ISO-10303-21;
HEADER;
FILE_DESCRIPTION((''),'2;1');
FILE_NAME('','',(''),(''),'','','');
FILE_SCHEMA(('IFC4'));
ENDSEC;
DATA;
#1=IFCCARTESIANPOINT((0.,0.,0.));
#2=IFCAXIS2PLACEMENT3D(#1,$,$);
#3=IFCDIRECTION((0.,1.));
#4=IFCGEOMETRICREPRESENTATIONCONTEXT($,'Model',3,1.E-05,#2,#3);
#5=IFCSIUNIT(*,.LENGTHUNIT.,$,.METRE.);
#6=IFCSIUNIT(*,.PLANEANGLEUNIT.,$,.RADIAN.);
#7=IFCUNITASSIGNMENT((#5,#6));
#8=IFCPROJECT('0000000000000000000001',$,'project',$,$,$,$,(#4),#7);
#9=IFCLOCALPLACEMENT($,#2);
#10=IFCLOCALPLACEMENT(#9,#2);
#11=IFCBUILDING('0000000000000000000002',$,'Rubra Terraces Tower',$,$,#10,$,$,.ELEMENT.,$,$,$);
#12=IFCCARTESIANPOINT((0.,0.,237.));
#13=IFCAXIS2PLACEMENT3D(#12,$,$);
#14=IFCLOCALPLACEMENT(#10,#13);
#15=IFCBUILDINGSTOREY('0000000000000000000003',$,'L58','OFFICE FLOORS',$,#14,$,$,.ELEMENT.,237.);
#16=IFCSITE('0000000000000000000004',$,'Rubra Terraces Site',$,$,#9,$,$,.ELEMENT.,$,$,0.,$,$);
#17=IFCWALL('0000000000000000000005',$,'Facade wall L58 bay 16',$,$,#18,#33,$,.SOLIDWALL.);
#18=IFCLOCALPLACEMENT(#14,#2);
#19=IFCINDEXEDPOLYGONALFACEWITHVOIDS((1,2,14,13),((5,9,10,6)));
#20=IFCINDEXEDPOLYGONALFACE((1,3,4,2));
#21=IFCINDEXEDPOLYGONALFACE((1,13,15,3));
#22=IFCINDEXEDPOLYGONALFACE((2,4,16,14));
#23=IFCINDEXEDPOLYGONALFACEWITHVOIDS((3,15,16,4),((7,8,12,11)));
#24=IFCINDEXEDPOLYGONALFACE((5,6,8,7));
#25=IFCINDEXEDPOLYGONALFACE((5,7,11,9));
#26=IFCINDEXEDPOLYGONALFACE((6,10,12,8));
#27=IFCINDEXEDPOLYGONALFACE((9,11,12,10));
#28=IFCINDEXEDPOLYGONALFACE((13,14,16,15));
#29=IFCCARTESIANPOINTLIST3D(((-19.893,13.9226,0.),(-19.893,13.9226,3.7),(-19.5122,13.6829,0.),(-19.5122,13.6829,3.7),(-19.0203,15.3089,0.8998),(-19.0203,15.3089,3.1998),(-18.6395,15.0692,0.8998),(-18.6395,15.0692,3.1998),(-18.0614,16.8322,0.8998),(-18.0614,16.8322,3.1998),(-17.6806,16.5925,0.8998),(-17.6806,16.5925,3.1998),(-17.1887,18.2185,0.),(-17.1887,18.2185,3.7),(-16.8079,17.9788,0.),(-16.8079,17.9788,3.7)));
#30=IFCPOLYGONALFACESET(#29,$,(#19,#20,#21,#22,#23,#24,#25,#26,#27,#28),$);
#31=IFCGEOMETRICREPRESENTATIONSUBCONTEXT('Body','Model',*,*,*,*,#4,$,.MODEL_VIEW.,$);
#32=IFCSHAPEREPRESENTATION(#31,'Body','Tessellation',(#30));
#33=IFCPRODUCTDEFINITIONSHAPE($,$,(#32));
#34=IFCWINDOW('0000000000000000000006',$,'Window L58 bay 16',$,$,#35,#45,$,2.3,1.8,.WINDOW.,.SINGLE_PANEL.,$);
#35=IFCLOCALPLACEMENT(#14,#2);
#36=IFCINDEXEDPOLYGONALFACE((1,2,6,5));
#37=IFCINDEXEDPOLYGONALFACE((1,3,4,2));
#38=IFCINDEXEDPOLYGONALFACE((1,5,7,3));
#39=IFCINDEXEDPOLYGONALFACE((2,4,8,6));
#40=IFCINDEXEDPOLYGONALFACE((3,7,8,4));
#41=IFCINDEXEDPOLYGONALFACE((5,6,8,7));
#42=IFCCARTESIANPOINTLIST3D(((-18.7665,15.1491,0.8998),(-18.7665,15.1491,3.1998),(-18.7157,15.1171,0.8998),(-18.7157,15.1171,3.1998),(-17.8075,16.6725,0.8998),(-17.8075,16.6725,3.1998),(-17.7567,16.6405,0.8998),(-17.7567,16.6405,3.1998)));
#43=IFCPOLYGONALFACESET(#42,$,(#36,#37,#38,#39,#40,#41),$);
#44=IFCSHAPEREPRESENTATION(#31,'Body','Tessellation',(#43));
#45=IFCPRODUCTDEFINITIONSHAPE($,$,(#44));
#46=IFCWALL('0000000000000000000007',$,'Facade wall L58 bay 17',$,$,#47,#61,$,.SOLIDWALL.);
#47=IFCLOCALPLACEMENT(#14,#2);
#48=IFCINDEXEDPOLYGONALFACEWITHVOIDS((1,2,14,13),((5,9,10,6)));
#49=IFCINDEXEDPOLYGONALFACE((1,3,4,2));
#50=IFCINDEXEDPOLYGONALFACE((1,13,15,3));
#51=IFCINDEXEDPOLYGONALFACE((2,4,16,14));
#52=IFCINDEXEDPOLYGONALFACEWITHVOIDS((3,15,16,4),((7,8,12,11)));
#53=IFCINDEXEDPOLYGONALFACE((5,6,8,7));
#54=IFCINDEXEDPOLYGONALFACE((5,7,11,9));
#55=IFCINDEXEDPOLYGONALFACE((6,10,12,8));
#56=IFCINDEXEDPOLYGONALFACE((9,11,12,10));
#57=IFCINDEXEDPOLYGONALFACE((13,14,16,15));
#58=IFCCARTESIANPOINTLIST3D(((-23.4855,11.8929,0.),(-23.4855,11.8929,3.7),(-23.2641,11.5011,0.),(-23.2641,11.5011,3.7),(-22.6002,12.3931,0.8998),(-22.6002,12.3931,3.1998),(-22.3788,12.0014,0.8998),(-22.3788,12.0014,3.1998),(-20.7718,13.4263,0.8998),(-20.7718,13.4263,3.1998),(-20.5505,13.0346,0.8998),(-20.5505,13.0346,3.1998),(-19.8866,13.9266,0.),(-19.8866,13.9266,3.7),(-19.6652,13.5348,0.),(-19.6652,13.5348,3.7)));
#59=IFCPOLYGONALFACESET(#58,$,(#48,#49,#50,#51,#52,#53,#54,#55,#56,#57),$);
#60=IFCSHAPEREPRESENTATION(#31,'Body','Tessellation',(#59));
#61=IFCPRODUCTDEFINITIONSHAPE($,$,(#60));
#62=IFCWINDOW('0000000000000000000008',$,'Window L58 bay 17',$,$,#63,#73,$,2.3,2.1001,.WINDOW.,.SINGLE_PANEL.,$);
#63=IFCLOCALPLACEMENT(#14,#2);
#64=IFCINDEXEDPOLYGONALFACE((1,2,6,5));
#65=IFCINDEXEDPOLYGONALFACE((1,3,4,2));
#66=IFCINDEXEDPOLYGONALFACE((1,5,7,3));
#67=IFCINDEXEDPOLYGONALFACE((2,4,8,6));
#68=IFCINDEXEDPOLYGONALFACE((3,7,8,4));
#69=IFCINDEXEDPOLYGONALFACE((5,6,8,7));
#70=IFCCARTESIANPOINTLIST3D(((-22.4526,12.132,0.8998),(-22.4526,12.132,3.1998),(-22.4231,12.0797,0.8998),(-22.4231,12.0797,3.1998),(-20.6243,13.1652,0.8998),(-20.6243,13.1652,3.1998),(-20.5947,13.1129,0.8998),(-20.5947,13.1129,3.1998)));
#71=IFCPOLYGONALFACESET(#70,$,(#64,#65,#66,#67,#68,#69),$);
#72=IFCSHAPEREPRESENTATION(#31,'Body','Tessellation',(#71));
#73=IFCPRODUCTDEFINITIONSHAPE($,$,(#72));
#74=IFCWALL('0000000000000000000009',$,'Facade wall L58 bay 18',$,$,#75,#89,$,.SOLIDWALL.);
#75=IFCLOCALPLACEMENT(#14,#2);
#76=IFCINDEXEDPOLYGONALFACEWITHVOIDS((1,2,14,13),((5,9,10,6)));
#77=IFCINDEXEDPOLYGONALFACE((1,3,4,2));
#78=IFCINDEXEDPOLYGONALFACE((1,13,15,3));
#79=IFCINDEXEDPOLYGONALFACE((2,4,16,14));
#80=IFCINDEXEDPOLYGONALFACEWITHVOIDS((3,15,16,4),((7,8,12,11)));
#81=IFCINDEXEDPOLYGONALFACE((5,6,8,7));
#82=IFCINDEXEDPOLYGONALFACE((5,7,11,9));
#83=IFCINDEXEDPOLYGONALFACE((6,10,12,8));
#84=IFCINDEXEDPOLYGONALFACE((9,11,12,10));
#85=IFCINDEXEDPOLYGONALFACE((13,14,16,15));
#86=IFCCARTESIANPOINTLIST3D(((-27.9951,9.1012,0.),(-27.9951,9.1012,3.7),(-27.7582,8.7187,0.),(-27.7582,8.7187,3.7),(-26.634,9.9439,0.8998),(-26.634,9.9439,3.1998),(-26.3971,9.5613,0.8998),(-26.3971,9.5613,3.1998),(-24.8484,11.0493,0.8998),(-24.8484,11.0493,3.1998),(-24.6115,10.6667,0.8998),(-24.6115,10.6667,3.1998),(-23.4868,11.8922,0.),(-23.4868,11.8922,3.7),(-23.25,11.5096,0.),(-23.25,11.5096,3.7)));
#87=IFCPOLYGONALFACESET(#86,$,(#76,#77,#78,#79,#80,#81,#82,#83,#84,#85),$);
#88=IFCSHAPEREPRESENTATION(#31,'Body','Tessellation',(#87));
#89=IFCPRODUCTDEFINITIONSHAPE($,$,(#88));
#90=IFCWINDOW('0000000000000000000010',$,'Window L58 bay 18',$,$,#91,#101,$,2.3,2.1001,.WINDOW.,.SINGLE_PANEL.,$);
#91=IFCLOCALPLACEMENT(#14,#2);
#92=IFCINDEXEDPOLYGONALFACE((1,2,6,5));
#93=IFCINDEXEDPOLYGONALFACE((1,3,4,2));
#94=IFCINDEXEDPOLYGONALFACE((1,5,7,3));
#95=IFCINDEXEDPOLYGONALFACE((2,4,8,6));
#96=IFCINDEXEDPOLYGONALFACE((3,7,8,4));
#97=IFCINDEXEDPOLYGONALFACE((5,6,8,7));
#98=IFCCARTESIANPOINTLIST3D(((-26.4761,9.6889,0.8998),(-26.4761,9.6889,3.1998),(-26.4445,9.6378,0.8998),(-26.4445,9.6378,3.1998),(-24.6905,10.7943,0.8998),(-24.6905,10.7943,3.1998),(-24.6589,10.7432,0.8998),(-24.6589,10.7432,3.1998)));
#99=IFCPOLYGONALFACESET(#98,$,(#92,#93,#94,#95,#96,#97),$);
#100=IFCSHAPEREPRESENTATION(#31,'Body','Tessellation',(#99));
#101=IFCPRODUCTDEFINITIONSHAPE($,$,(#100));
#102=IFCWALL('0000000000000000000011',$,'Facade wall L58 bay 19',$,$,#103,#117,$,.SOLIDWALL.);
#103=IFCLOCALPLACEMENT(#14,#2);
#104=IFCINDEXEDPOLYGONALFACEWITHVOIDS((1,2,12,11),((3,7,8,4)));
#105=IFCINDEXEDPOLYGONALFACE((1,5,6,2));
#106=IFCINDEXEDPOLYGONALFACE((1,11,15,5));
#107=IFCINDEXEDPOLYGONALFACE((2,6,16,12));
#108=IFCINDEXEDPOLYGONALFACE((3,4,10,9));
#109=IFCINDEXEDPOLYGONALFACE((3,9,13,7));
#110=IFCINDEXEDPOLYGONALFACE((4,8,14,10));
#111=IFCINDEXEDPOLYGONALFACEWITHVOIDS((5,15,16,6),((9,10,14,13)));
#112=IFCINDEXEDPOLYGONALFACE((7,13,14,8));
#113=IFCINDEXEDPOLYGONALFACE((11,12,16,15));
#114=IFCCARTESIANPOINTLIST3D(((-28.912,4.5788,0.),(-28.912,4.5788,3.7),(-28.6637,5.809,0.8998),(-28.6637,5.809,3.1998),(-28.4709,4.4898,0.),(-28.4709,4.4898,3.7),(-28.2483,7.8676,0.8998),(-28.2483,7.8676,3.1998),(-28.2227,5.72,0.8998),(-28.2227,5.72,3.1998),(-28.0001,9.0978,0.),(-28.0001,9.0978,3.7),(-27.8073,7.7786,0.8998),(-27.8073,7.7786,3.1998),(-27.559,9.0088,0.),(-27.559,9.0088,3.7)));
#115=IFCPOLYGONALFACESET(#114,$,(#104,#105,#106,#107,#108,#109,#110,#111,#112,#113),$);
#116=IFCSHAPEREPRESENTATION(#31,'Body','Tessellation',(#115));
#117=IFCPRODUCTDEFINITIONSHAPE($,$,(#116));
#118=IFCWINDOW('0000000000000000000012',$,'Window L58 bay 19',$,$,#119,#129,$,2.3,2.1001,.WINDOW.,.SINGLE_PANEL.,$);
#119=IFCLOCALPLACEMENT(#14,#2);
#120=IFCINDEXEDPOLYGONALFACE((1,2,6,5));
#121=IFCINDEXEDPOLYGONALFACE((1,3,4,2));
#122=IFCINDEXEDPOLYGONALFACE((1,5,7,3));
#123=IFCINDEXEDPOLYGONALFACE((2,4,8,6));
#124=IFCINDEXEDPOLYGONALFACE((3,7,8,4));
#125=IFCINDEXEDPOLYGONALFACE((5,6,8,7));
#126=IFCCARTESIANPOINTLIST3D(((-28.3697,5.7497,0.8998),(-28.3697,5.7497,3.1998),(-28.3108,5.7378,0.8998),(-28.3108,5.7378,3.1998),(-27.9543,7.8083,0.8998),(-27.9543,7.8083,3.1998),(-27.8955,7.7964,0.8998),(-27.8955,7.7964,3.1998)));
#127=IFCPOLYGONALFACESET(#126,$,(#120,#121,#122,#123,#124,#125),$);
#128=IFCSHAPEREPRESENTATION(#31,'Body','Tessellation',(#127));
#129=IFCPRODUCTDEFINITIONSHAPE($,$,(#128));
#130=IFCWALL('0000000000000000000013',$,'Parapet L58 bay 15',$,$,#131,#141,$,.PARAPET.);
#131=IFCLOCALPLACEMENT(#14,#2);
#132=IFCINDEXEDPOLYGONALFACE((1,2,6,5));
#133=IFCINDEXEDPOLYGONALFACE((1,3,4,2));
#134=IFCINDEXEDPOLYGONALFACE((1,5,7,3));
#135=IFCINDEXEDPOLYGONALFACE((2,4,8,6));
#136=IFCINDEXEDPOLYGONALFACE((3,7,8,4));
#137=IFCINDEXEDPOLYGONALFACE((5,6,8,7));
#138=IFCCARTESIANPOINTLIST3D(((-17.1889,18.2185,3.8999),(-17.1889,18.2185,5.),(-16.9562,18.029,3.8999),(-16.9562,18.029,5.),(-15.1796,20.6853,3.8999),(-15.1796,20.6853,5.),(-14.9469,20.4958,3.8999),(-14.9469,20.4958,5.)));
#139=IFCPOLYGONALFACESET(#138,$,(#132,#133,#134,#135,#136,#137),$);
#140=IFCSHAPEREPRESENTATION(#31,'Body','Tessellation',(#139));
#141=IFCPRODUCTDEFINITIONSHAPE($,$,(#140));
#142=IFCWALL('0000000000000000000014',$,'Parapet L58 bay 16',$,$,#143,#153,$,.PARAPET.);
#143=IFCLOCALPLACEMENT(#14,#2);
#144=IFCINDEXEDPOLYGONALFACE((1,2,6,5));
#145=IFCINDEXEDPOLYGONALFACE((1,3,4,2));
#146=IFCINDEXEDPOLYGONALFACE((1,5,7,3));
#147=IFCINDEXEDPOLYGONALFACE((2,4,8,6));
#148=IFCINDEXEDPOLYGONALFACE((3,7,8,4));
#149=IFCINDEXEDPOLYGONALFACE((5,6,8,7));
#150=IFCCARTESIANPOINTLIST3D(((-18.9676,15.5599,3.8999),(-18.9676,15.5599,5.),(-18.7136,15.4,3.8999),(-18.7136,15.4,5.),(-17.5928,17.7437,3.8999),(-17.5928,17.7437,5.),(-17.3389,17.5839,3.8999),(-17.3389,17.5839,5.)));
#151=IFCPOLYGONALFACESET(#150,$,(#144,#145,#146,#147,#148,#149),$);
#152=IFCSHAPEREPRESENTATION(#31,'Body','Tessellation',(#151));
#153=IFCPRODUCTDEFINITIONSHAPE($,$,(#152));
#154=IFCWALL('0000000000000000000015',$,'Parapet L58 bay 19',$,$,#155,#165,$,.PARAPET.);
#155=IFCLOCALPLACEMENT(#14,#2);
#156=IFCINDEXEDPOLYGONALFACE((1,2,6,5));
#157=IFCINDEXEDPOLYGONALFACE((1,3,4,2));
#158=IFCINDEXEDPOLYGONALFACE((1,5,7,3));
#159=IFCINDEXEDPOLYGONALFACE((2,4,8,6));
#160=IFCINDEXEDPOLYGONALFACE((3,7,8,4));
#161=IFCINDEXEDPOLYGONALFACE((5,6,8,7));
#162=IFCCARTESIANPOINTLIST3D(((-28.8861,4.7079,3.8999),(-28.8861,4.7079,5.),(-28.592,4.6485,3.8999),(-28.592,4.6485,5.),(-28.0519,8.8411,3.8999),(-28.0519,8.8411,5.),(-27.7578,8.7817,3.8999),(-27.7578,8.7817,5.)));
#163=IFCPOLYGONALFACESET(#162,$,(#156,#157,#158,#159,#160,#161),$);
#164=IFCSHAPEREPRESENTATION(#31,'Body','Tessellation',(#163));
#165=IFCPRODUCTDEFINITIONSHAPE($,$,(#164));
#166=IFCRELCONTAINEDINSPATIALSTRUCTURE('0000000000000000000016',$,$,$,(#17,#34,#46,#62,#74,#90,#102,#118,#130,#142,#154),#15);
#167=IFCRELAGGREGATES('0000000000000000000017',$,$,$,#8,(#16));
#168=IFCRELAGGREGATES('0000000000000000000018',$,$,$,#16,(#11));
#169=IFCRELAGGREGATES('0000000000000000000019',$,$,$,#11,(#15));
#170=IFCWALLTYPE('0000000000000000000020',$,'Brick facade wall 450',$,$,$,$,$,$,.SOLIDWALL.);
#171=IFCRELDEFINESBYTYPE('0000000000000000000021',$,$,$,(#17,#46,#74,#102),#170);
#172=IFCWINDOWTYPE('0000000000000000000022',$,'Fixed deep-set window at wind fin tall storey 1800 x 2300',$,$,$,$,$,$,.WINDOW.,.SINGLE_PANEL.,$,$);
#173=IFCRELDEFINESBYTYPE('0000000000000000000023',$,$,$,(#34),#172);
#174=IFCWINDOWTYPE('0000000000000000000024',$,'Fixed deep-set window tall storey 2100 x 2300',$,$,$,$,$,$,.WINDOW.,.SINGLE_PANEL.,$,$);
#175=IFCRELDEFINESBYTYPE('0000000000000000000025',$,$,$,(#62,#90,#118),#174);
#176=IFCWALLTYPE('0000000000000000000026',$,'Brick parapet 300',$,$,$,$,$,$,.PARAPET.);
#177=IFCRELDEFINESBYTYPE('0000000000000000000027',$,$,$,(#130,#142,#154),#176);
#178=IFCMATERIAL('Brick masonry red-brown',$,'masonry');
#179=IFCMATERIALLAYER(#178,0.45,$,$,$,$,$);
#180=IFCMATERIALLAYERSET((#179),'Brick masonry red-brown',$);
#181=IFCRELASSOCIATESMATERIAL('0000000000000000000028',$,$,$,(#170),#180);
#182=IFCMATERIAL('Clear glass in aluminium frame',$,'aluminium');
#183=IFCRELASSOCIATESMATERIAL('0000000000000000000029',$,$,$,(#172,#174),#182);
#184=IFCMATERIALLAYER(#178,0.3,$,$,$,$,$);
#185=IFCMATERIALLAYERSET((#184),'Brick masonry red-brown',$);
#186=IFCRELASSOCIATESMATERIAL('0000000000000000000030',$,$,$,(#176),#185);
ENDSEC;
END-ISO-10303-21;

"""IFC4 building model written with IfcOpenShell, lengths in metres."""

from ifc_helpers import new_model, si_unit, direction, frame, frame_2d, origin, place, context, subcontext, project, spatial, rectangle, extrude, material, layer, layer_set, type_object, element, fill, save


model = new_model("IFC4")

# Units and contexts
model_context = context("Model", 3, precision=1e-05, world=origin(), true_north=direction((0.0, 1.0)))
body_context = subcontext(model_context, "Body", "Model", "MODEL_VIEW")
ifc_project = project(units=[si_unit("LENGTHUNIT", "METRE"), si_unit("PLANEANGLEUNIT", "RADIAN")], contexts=[model_context])

# Site, building, storey
site_placement = place(None, origin())
site = spatial("IfcSite", under=ifc_project, at=site_placement, Name="Rubra Terraces Site", CompositionType="ELEMENT", RefElevation=0.0)
building_placement = place(site_placement, origin())
building = spatial("IfcBuilding", under=site, at=building_placement, Name="Rubra Terraces Tower", CompositionType="ELEMENT")
storey_placement = place(building_placement, frame((0.0, 0.0, 237.0)))
storey = spatial("IfcBuildingStorey", under=building, at=storey_placement, Name="L58", Description="OFFICE FLOORS", CompositionType="ELEMENT", Elevation=237.0)

# Walls, openings, windows
ifc_material_1 = material(Name="Brick masonry red-brown", Category="masonry")
ifc_layer_1 = layer(ifc_material_1, 0.45)
ifc_layer_set_1 = layer_set([ifc_layer_1], Name="Brick masonry red-brown")
wall_type_1 = type_object("IfcWallType", Name="Brick facade wall 450", PredefinedType="SOLIDWALL", material=ifc_layer_set_1)
wall_1_placement = place(storey_placement, frame((-16.9983, 18.0986, 0.0), z_axis=(0.0, 0.0, 1.0), x_axis=(-0.532746, -0.846275, 0.0)))
wall_1 = element("IfcWall", 1, at=wall_1_placement, inside=storey, type_object=wall_type_1, Name="Facade wall L58 bay 16", PredefinedType="SOLIDWALL", context=body_context, shape_type="SweptSolid", body=[
    extrude(rectangle(XDim=5.0762, YDim=0.45, at=frame_2d((2.5381, 0.0))), origin(), (0.0, 0.0, 1.0), 3.7),
])
opening_1_placement = place(wall_1_placement, frame((1.6382, 0.0, 0.8999)))
opening_1 = element("IfcOpeningElement", 2, at=opening_1_placement, cuts=wall_1, PredefinedType="OPENING", context=body_context, shape_type="SweptSolid", body=[
    extrude(rectangle(XDim=1.8, YDim=2.3, at=frame_2d((0.8999, 1.1499))), frame((0.0, 0.2349, 0.0), z_axis=(0.0, -1.0, 0.0), x_axis=(1.0, 0.0, 0.0)), (0.0, 0.0, 1.0), 0.47),
])
ifc_material_2 = material(Name="Clear glass in aluminium frame", Category="aluminium")
window_type_1 = type_object("IfcWindowType", Name="Fixed deep-set window at wind fin tall storey 1800 x 2300", PartitioningType="SINGLE_PANEL", PredefinedType="WINDOW", material=ifc_material_2)
window_1_placement = place(opening_1_placement, origin())
window_1 = element("IfcWindow", 3, at=window_1_placement, inside=storey, type_object=window_type_1, Name="Window L58 bay 16", OverallHeight=2.3, OverallWidth=1.8, PartitioningType="SINGLE_PANEL", PredefinedType="WINDOW", context=body_context, shape_type="SweptSolid", body=[
    extrude(rectangle(XDim=1.8, YDim=2.3, at=frame_2d((0.8999, 1.1499))), frame((0.0, 0.135, 0.0), z_axis=(0.0, -1.0, 0.0), x_axis=(1.0, 0.0, 0.0)), (0.0, 0.0, 1.0), 0.0601),
])
fill(opening_1, window_1)
wall_2_placement = place(storey_placement, frame((-19.7759, 13.7307, 0.0), z_axis=(0.0, 0.0, 1.0), x_axis=(-0.87061, -0.491974, 0.0)))
wall_2 = element("IfcWall", 4, at=wall_2_placement, inside=storey, type_object=wall_type_1, Name="Facade wall L58 bay 17", PredefinedType="SOLIDWALL", context=body_context, shape_type="SweptSolid", body=[
    extrude(rectangle(XDim=4.1338, YDim=0.45, at=frame_2d((2.0669, 0.0))), origin(), (0.0, 0.0, 1.0), 3.7),
])
opening_2_placement = place(wall_2_placement, frame((1.0168, 0.0, 0.8999)))
opening_2 = element("IfcOpeningElement", 5, at=opening_2_placement, cuts=wall_2, PredefinedType="OPENING", context=body_context, shape_type="SweptSolid", body=[
    extrude(rectangle(XDim=2.1001, YDim=2.3, at=frame_2d((1.05, 1.1499))), frame((0.0, 0.2349, 0.0), z_axis=(0.0, -1.0, 0.0), x_axis=(1.0, 0.0, 0.0)), (0.0, 0.0, 1.0), 0.47),
])
window_type_2 = type_object("IfcWindowType", Name="Fixed deep-set window tall storey 2100 x 2300", PartitioningType="SINGLE_PANEL", PredefinedType="WINDOW", material=ifc_material_2)
window_2_placement = place(opening_2_placement, origin())
window_2 = element("IfcWindow", 6, at=window_2_placement, inside=storey, type_object=window_type_2, Name="Window L58 bay 17", OverallHeight=2.3, OverallWidth=2.1001, PartitioningType="SINGLE_PANEL", PredefinedType="WINDOW", context=body_context, shape_type="SweptSolid", body=[
    extrude(rectangle(XDim=2.1001, YDim=2.3, at=frame_2d((1.05, 1.1499))), frame((0.0, 0.135, 0.0), z_axis=(0.0, -1.0, 0.0), x_axis=(1.0, 0.0, 0.0)), (0.0, 0.0, 1.0), 0.0601),
])
fill(opening_2, window_2)
wall_3_placement = place(storey_placement, frame((-23.3684, 11.7009, 0.0), z_axis=(0.0, 0.0, 1.0), x_axis=(-0.850251, -0.526377, 0.0)))
wall_3 = element("IfcWall", 7, at=wall_3_placement, inside=storey, type_object=wall_type_1, Name="Facade wall L58 bay 18", PredefinedType="SOLIDWALL", context=body_context, shape_type="SweptSolid", body=[
    extrude(rectangle(XDim=5.3022, YDim=0.45, at=frame_2d((2.6511, 0.0))), origin(), (0.0, 0.0, 1.0), 3.7),
])
opening_3_placement = place(wall_3_placement, frame((1.6013, 0.0, 0.8999)))
opening_3 = element("IfcOpeningElement", 8, at=opening_3_placement, cuts=wall_3, PredefinedType="OPENING", context=body_context, shape_type="SweptSolid", body=[
    extrude(rectangle(XDim=2.1001, YDim=2.3, at=frame_2d((1.05, 1.1499))), frame((0.0, 0.2349, 0.0), z_axis=(0.0, -1.0, 0.0), x_axis=(1.0, 0.0, 0.0)), (0.0, 0.0, 1.0), 0.47),
])
window_3_placement = place(opening_3_placement, origin())
window_3 = element("IfcWindow", 9, at=window_3_placement, inside=storey, type_object=window_type_2, Name="Window L58 bay 18", OverallHeight=2.3, OverallWidth=2.1001, PartitioningType="SINGLE_PANEL", PredefinedType="WINDOW", context=body_context, shape_type="SweptSolid", body=[
    extrude(rectangle(XDim=2.1001, YDim=2.3, at=frame_2d((1.05, 1.1499))), frame((0.0, 0.135, 0.0), z_axis=(0.0, -1.0, 0.0), x_axis=(1.0, 0.0, 0.0)), (0.0, 0.0, 1.0), 0.0601),
])
fill(opening_3, window_3)
wall_4_placement = place(storey_placement, frame((-27.7795, 9.0535, 0.0), z_axis=(0.0, 0.0, 1.0), x_axis=(-0.197796, -0.980243, 0.0)))
wall_4 = element("IfcWall", 10, at=wall_4_placement, inside=storey, type_object=wall_type_1, Name="Facade wall L58 bay 19", PredefinedType="SOLIDWALL", context=body_context, shape_type="SweptSolid", body=[
    extrude(rectangle(XDim=4.6101, YDim=0.45, at=frame_2d((2.3052, 0.0))), origin(), (0.0, 0.0, 1.0), 3.7),
])
opening_4_placement = place(wall_4_placement, frame((1.2551, 0.0, 0.8999)))
opening_4 = element("IfcOpeningElement", 11, at=opening_4_placement, cuts=wall_4, PredefinedType="OPENING", context=body_context, shape_type="SweptSolid", body=[
    extrude(rectangle(XDim=2.1001, YDim=2.3, at=frame_2d((1.05, 1.1499))), frame((0.0, 0.2349, 0.0), z_axis=(0.0, -1.0, 0.0), x_axis=(1.0, 0.0, 0.0)), (0.0, 0.0, 1.0), 0.47),
])
window_4_placement = place(opening_4_placement, origin())
window_4 = element("IfcWindow", 12, at=window_4_placement, inside=storey, type_object=window_type_2, Name="Window L58 bay 19", OverallHeight=2.3, OverallWidth=2.1001, PartitioningType="SINGLE_PANEL", PredefinedType="WINDOW", context=body_context, shape_type="SweptSolid", body=[
    extrude(rectangle(XDim=2.1001, YDim=2.3, at=frame_2d((1.05, 1.1499))), frame((0.0, 0.135, 0.0), z_axis=(0.0, -1.0, 0.0), x_axis=(1.0, 0.0, 0.0)), (0.0, 0.0, 1.0), 0.0601),
])
fill(opening_4, window_4)

# Walls
ifc_layer_2 = layer(ifc_material_1, 0.3)
ifc_layer_set_2 = layer_set([ifc_layer_2], Name="Brick masonry red-brown")
wall_type_2 = type_object("IfcWallType", Name="Brick parapet 300", PredefinedType="PARAPET", material=ifc_layer_set_2)
wall_5_placement = place(storey_placement, frame((-15.0632, 20.5906, 3.8999), z_axis=(0.0, 0.0, 1.0), x_axis=(-0.63154, -0.775344, 0.0)))
element("IfcWall", 13, at=wall_5_placement, inside=storey, type_object=wall_type_2, Name="Parapet L58 bay 15", PredefinedType="PARAPET", context=body_context, shape_type="SweptSolid", body=[
    extrude(rectangle(XDim=3.1816, YDim=0.3, at=frame_2d((1.5908, 0.0))), origin(), (0.0, 0.0, 1.0), 1.1001),
])
wall_6_placement = place(storey_placement, frame((-17.4658, 17.6638, 3.8999), z_axis=(0.0, 0.0, 1.0), x_axis=(-0.532743, -0.846277, 0.0)))
element("IfcWall", 14, at=wall_6_placement, inside=storey, type_object=wall_type_2, Name="Parapet L58 bay 16", PredefinedType="PARAPET", context=body_context, shape_type="SweptSolid", body=[
    extrude(rectangle(XDim=2.5806, YDim=0.3, at=frame_2d((1.2903, 0.0))), origin(), (0.0, 0.0, 1.0), 1.1001),
])
wall_7_placement = place(storey_placement, frame((-27.9048, 8.8115, 3.8999), z_axis=(0.0, 0.0, 1.0), x_axis=(-0.197842, -0.980234, 0.0)))
element("IfcWall", 15, at=wall_7_placement, inside=storey, type_object=wall_type_2, Name="Parapet L58 bay 19", PredefinedType="PARAPET", context=body_context, shape_type="SweptSolid", body=[
    extrude(rectangle(XDim=4.2166, YDim=0.3, at=frame_2d((2.1084, 0.0))), origin(), (0.0, 0.0, 1.0), 1.1001),
])

save(model, "model.ifc")
